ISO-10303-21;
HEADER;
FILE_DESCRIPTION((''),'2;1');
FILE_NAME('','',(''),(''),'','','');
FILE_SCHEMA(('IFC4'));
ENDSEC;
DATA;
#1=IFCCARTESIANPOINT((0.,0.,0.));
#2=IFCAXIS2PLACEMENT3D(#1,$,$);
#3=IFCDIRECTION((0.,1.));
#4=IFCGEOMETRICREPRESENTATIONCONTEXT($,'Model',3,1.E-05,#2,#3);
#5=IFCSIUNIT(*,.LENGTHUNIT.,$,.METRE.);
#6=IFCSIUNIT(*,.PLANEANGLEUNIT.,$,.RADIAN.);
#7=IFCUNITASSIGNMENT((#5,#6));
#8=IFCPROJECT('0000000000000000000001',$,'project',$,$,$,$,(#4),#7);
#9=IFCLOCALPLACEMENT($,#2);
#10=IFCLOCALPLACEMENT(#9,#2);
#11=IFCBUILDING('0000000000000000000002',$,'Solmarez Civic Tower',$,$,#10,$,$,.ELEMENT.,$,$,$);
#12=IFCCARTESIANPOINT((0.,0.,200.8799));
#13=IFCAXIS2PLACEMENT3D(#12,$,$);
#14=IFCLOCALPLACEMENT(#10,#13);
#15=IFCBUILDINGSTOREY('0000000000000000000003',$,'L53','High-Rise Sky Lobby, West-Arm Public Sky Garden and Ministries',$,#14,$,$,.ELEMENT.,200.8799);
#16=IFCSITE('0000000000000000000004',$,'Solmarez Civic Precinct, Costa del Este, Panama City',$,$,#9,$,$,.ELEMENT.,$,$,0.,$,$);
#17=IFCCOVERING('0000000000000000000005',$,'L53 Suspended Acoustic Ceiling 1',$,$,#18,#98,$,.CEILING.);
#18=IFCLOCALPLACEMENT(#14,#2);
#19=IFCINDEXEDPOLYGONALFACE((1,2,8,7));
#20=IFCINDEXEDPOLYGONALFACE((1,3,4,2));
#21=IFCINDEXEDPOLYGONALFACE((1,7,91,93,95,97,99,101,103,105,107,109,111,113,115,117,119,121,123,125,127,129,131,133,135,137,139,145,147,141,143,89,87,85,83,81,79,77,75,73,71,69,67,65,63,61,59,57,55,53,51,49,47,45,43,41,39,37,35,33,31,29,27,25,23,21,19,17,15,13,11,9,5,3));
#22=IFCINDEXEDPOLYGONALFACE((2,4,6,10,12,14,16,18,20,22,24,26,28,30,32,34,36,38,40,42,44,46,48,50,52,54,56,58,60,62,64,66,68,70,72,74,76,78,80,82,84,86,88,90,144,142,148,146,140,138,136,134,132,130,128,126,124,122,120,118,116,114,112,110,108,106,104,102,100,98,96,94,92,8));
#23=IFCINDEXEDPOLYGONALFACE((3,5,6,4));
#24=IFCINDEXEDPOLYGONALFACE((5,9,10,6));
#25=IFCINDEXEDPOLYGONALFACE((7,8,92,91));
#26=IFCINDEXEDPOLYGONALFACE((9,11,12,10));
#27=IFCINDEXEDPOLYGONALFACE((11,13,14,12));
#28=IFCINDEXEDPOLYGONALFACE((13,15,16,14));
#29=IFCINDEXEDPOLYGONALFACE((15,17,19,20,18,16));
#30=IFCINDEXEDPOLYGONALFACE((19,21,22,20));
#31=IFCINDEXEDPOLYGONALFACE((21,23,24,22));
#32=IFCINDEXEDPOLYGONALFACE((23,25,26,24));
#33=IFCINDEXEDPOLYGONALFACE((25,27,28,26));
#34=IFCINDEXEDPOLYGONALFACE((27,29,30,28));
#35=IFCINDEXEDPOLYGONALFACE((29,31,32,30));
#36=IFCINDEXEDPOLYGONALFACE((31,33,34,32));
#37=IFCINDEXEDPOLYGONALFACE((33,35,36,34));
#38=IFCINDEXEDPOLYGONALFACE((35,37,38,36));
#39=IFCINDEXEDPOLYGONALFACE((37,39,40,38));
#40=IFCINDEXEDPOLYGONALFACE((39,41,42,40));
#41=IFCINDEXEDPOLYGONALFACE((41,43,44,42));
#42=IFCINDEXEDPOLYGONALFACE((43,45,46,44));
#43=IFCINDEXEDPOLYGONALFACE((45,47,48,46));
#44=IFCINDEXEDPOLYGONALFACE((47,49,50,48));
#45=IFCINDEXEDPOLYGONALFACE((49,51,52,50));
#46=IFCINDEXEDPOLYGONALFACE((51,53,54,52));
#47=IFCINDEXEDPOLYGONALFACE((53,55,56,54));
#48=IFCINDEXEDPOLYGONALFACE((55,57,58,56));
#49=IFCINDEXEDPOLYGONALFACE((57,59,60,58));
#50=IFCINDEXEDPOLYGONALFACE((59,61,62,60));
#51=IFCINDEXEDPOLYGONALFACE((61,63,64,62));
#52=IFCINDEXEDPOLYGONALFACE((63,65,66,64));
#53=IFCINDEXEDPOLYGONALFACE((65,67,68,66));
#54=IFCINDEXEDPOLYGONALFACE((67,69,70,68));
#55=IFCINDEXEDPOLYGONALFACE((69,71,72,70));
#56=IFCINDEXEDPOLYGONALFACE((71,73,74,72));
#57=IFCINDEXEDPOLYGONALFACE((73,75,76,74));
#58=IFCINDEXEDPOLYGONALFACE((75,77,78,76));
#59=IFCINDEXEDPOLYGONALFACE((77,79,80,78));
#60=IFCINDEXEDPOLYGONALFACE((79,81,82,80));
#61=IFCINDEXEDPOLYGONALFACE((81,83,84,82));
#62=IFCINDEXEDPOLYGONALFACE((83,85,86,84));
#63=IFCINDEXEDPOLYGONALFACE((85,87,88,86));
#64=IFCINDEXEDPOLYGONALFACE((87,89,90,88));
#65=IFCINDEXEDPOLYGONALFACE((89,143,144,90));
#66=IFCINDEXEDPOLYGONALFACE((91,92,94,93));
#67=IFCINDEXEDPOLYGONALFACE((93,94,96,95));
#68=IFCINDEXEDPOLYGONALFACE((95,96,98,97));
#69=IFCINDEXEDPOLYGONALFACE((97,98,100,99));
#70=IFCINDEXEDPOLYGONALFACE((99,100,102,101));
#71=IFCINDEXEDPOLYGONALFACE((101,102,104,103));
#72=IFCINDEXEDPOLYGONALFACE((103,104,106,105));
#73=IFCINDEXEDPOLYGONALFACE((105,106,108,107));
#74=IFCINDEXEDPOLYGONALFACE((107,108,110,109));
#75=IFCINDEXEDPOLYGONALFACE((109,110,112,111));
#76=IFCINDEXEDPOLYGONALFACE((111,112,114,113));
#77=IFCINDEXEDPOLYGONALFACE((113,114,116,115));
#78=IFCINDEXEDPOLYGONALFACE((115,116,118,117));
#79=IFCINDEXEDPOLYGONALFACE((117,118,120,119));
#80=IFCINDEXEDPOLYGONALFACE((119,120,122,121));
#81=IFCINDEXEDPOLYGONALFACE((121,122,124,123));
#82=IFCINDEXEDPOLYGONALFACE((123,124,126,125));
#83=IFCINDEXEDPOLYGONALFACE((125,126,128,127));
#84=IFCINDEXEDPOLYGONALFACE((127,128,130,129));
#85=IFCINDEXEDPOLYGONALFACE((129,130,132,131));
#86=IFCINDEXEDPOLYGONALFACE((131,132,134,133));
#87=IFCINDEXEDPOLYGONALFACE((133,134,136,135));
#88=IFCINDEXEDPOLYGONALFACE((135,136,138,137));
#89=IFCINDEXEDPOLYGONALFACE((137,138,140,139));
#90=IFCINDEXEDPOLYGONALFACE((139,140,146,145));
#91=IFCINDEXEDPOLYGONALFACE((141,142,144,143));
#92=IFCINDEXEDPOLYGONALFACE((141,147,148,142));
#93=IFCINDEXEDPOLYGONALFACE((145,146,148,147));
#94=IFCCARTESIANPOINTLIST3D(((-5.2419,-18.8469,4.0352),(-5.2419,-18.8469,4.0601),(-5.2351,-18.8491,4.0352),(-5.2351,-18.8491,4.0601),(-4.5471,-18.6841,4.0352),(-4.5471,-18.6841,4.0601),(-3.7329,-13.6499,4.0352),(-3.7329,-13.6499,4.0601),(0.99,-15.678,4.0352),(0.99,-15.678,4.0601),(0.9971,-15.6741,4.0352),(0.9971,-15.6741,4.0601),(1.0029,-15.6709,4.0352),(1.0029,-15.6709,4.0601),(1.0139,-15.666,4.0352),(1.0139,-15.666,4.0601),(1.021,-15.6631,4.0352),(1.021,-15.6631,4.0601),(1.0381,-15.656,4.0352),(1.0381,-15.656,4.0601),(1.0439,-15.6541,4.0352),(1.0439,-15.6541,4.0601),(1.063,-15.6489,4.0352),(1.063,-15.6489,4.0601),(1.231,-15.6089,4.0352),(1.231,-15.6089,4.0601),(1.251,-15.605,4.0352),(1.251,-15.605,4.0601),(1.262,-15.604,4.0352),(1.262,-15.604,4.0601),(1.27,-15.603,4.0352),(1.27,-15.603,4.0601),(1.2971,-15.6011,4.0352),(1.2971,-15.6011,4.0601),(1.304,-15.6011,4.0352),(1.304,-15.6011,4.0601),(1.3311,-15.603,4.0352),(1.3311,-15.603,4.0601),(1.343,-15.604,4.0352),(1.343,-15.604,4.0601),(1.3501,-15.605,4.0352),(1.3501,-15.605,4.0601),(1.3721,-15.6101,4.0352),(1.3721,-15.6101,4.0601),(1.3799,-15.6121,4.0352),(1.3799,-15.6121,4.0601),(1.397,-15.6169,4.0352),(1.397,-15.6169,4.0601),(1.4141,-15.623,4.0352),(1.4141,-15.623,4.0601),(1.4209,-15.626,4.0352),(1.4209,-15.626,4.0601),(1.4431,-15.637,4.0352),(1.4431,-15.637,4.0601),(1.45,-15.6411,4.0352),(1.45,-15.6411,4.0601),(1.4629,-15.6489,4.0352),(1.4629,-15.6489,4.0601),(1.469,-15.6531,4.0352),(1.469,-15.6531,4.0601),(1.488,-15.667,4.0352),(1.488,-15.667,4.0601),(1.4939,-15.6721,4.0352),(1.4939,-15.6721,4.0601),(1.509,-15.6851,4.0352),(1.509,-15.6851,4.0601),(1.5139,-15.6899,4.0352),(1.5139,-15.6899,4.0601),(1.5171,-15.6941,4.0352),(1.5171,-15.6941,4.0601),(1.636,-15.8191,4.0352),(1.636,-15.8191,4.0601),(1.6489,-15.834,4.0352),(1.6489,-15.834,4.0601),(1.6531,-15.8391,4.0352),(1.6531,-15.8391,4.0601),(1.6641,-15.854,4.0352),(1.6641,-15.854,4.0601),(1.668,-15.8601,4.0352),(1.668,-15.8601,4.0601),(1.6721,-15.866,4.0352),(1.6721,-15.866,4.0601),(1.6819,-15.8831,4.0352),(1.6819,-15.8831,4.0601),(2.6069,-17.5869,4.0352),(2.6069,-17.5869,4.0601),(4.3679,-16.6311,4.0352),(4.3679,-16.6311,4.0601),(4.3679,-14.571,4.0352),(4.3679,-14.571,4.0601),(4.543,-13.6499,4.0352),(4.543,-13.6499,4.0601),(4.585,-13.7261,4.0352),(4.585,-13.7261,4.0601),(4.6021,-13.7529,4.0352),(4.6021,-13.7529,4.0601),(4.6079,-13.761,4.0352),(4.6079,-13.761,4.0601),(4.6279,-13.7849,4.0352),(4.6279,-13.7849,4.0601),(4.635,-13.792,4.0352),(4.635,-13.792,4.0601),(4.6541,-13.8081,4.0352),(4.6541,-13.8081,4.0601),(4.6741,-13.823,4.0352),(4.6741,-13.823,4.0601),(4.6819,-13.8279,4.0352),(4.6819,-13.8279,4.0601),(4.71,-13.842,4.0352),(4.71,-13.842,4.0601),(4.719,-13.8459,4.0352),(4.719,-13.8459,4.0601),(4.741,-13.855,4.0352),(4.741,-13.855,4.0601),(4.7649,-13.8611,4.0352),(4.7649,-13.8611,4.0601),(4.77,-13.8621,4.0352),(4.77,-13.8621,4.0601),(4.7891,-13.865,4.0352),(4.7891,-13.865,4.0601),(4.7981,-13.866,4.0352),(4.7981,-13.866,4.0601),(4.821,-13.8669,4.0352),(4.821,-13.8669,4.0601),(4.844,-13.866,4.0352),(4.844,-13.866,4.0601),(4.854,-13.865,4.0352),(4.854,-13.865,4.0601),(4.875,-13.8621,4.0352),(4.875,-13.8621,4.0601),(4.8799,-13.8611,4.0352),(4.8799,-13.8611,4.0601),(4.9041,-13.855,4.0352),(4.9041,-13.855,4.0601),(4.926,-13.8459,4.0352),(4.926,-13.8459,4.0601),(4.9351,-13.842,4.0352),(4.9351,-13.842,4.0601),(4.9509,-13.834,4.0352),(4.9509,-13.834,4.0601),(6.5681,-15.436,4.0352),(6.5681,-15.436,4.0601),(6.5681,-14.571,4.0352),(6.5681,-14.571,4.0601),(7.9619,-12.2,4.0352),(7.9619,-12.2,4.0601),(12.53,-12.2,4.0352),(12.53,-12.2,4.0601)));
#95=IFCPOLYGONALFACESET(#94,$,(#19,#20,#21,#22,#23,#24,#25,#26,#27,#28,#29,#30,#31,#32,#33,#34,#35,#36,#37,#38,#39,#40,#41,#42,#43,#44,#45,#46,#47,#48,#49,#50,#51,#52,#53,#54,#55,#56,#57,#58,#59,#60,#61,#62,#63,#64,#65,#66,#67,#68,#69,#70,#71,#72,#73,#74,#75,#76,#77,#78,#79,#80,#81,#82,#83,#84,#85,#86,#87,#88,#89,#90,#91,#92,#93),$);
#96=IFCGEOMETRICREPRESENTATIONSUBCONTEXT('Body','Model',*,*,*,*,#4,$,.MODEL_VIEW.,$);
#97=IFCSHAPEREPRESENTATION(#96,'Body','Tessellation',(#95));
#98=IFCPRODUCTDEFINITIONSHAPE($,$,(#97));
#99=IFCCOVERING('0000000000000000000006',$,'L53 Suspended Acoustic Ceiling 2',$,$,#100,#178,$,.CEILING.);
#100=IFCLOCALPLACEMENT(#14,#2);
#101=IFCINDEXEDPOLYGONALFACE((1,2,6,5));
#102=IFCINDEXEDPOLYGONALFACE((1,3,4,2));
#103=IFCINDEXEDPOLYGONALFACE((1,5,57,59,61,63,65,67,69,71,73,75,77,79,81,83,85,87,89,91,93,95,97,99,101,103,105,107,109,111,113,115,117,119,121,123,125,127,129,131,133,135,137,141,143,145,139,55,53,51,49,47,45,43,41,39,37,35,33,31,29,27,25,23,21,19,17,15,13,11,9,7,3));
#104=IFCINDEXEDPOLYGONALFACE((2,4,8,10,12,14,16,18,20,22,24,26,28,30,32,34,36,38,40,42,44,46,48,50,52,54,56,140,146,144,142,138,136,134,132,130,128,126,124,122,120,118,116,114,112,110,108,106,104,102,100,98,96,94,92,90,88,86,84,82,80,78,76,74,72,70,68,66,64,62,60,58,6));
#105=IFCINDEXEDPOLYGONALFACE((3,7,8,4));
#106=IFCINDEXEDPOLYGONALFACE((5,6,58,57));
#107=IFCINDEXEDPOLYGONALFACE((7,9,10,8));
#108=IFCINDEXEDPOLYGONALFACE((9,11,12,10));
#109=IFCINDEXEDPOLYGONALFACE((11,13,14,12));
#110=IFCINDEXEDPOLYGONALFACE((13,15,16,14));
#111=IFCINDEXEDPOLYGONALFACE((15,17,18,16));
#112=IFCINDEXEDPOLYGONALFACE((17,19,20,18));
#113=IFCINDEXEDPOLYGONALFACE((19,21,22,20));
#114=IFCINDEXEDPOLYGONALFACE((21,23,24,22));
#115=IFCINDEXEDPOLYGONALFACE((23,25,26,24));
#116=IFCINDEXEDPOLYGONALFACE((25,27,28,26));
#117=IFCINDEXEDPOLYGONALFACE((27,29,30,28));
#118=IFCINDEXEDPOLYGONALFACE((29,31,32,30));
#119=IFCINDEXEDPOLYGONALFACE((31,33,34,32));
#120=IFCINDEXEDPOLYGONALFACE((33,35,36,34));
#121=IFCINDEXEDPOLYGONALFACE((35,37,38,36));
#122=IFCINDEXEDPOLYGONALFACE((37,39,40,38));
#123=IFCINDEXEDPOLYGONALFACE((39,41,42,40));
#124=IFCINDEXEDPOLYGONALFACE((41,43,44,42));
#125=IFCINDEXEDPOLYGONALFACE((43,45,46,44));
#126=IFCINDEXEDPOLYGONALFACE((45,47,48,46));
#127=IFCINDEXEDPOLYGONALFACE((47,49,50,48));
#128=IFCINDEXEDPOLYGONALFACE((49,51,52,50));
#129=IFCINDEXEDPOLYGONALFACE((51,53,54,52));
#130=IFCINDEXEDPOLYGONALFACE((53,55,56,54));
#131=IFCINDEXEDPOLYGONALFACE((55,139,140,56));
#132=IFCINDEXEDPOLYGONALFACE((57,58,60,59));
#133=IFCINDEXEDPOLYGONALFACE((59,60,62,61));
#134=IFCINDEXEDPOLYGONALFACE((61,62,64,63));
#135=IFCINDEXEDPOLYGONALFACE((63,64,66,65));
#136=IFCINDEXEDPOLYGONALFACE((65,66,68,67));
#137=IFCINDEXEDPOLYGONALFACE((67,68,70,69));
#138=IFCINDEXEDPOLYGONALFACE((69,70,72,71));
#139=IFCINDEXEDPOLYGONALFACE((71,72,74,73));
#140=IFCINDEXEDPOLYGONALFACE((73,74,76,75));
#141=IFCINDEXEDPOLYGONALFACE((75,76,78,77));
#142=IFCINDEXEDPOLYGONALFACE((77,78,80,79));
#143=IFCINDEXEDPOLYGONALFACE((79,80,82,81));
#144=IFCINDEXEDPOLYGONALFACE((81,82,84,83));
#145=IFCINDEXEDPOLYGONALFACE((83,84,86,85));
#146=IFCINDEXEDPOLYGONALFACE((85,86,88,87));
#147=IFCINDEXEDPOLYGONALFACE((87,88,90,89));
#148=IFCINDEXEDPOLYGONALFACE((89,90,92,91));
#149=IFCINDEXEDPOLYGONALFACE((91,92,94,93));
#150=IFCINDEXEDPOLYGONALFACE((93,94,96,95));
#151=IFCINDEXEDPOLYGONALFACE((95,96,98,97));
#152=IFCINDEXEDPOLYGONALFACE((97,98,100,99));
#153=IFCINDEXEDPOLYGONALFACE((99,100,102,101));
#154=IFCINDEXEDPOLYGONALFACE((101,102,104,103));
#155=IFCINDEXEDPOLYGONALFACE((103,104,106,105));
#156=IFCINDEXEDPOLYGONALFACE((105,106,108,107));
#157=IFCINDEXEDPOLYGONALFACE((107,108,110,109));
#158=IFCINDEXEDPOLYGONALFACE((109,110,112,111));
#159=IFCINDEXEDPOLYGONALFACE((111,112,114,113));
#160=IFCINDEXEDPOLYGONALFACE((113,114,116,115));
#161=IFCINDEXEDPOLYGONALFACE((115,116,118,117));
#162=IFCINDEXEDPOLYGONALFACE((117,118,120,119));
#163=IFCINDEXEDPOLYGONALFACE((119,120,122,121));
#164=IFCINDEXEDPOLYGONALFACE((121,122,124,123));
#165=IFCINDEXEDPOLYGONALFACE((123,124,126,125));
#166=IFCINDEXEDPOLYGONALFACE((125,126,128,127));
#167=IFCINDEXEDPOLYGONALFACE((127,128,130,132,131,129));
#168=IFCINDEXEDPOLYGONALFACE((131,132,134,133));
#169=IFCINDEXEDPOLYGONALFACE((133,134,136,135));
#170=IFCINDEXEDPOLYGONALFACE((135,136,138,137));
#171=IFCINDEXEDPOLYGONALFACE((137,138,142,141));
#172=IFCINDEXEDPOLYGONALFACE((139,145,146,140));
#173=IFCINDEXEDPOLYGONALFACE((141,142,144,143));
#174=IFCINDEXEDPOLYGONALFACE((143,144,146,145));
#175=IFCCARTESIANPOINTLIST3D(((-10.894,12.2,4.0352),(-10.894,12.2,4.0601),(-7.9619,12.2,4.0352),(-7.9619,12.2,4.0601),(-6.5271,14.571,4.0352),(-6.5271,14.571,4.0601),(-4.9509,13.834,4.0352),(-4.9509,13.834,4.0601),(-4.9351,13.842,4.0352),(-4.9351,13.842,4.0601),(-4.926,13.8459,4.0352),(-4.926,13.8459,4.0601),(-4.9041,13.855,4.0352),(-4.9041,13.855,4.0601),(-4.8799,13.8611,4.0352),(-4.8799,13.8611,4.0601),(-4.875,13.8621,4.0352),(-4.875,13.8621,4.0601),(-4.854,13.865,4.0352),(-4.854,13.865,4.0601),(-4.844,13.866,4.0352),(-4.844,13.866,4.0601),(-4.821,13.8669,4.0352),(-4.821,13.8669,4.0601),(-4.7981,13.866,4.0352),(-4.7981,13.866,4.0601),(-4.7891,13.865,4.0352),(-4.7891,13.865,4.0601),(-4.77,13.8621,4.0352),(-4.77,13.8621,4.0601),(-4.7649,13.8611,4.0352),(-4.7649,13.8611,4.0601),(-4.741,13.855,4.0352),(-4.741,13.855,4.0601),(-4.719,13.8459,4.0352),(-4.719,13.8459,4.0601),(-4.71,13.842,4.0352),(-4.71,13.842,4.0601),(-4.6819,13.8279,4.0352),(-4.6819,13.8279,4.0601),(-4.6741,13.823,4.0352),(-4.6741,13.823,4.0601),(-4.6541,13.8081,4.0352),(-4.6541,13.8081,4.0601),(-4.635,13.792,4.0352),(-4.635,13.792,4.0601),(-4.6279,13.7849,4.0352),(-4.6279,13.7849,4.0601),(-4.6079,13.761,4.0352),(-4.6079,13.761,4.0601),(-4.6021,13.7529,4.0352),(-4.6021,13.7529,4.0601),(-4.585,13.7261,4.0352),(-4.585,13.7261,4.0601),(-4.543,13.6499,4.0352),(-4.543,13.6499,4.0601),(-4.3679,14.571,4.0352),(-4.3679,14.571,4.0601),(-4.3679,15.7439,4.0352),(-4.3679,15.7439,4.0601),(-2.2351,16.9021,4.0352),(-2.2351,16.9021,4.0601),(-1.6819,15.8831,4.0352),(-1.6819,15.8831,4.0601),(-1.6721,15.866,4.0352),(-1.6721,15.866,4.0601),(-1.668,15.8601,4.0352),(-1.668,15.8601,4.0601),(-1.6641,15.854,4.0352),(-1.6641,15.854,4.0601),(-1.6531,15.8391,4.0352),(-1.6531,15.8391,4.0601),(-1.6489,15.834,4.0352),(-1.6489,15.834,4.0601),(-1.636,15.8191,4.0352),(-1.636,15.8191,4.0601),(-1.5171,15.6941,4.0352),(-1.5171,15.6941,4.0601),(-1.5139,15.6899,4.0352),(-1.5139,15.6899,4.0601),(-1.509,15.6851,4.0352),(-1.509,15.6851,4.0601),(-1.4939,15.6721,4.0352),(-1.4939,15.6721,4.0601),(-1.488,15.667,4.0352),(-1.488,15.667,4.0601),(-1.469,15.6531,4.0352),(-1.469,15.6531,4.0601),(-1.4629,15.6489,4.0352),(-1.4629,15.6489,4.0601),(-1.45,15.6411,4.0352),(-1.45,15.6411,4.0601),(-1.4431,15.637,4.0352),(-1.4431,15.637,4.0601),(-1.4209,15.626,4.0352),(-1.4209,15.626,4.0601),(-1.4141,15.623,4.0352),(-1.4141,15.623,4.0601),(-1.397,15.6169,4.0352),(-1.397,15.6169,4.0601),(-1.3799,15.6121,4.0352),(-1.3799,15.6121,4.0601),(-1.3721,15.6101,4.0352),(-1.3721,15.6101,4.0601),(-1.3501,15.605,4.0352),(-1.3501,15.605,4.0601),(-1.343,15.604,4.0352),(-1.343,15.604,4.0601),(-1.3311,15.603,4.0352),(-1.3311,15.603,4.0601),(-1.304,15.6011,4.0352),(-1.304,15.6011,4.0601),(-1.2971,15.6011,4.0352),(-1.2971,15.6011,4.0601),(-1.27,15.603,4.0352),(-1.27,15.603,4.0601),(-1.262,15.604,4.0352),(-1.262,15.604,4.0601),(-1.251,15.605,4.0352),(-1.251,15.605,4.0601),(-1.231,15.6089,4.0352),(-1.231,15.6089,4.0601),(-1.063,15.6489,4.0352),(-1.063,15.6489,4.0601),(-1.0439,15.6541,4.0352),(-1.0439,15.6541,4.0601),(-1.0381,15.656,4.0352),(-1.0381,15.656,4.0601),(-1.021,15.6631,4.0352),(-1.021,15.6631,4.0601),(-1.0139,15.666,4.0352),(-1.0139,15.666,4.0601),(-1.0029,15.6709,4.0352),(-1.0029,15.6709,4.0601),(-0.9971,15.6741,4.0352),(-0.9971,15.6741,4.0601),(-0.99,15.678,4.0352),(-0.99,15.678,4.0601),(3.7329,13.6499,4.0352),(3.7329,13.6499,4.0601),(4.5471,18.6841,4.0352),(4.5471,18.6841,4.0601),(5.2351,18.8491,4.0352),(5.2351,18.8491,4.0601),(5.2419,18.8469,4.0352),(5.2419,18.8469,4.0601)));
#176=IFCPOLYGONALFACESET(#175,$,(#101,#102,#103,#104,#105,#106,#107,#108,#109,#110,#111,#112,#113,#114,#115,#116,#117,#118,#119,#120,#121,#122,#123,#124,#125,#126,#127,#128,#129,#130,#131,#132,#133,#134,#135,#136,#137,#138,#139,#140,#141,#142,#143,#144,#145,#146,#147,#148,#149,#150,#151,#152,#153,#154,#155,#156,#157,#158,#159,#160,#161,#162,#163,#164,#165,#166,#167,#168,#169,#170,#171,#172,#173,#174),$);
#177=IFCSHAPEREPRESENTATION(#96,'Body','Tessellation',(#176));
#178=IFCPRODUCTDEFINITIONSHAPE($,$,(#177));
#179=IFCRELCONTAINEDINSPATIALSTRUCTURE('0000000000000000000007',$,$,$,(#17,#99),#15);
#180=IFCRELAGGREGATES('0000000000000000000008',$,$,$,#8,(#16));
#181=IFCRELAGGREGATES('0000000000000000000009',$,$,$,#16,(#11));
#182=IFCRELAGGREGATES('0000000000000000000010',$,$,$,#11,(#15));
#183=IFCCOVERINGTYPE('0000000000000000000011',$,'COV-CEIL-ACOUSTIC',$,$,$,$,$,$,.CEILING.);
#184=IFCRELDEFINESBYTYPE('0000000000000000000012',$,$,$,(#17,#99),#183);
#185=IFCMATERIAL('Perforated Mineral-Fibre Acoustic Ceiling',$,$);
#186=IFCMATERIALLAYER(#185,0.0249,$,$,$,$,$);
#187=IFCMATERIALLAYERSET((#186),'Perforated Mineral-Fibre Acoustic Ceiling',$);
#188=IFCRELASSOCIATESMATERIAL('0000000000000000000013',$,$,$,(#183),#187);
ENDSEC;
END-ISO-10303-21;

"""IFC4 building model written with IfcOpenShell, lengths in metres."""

from ifc_helpers import new_model, si_unit, direction, frame, origin, place, context, subcontext, project, spatial, polyline, outline, extrude, material, layer, layer_set, type_object, element, save


model = new_model("IFC4")

# Units and contexts
model_context = context("Model", 3, precision=1e-05, world=origin(), true_north=direction((0.0, 1.0)))
body_context = subcontext(model_context, "Body", "Model", "MODEL_VIEW")
ifc_project = project(units=[si_unit("LENGTHUNIT", "METRE"), si_unit("PLANEANGLEUNIT", "RADIAN")], contexts=[model_context])

# Site, building, storey
site_placement = place(None, origin())
site = spatial("IfcSite", under=ifc_project, at=site_placement, Name="Solmarez Civic Precinct, Costa del Este, Panama City", CompositionType="ELEMENT", RefElevation=0.0)
building_placement = place(site_placement, origin())
building = spatial("IfcBuilding", under=site, at=building_placement, Name="Solmarez Civic Tower", CompositionType="ELEMENT")
storey_placement = place(building_placement, frame((0.0, 0.0, 200.8799)))
storey = spatial("IfcBuildingStorey", under=building, at=storey_placement, Name="L53", Description="High-Rise Sky Lobby, West-Arm Public Sky Garden and Ministries", CompositionType="ELEMENT", Elevation=200.8799)

# Coverings
ifc_material_1 = material(Name="Perforated Mineral-Fibre Acoustic Ceiling")
ifc_layer_1 = layer(ifc_material_1, 0.0249)
ifc_layer_set_1 = layer_set([ifc_layer_1], Name="Perforated Mineral-Fibre Acoustic Ceiling")
covering_type_1 = type_object("IfcCoveringType", Name="COV-CEIL-ACOUSTIC", PredefinedType="CEILING", material=ifc_layer_set_1)
covering_1_placement = place(storey_placement, frame((0.0, 0.0, 4.0352)))
element("IfcCovering", 1, at=covering_1_placement, inside=storey, type_object=covering_type_1, Name="L53 Suspended Acoustic Ceiling 1", PredefinedType="CEILING", context=body_context, shape_type="SweptSolid", body=[
    extrude(outline(polyline([(12.53, -12.2), (7.9619, -12.2), (4.9509, -13.834), (4.9351, -13.842), (4.926, -13.8459), (4.9041, -13.855), (4.8799, -13.8611), (4.875, -13.8621), (4.854, -13.865), (4.844, -13.866), (4.821, -13.8669), (4.7981, -13.866), (4.7891, -13.865), (4.77, -13.8621), (4.7649, -13.8611), (4.741, -13.855), (4.719, -13.8459), (4.71, -13.842), (4.6819, -13.8279), (4.6741, -13.823), (4.6541, -13.8081), (4.635, -13.792), (4.6279, -13.7849), (4.6079, -13.761), (4.6021, -13.7529), (4.585, -13.7261), (4.543, -13.6499), (-3.7329, -13.6499), (-5.2419, -18.8469), (-5.2351, -18.8491), (-4.5471, -18.6841), (0.99, -15.678), (0.9971, -15.6741), (1.0029, -15.6709), (1.0139, -15.666), (1.021, -15.6631), (1.0381, -15.656), (1.0439, -15.6541), (1.063, -15.6489), (1.231, -15.6089), (1.251, -15.605), (1.262, -15.604), (1.27, -15.603), (1.2971, -15.6011), (1.304, -15.6011), (1.3311, -15.603), (1.343, -15.604), (1.3501, -15.605), (1.3721, -15.6101), (1.3799, -15.6121), (1.397, -15.6169), (1.4141, -15.623), (1.4209, -15.626), (1.4431, -15.637), (1.45, -15.6411), (1.4629, -15.6489), (1.469, -15.6531), (1.488, -15.667), (1.4939, -15.6721), (1.509, -15.6851), (1.5139, -15.6899), (1.5171, -15.6941), (1.636, -15.8191), (1.6489, -15.834), (1.6531, -15.8391), (1.6641, -15.854), (1.668, -15.8601), (1.6721, -15.866), (1.6819, -15.8831), (2.6069, -17.5869), (4.3679, -16.6311), (4.3679, -14.571), (6.5681, -14.571), (6.5681, -15.436), (12.53, -12.2)])), origin(), (0.0, 0.0, 1.0), 0.0249),
])
covering_2_placement = place(storey_placement, frame((0.0, 0.0, 4.0352)))
element("IfcCovering", 2, at=covering_2_placement, inside=storey, type_object=covering_type_1, Name="L53 Suspended Acoustic Ceiling 2", PredefinedType="CEILING", context=body_context, shape_type="SweptSolid", body=[
    extrude(outline(polyline([(-10.894, 12.2), (-7.9619, 12.2), (-4.9509, 13.834), (-4.9351, 13.842), (-4.926, 13.8459), (-4.9041, 13.855), (-4.8799, 13.8611), (-4.875, 13.8621), (-4.854, 13.865), (-4.844, 13.866), (-4.821, 13.8669), (-4.7981, 13.866), (-4.7891, 13.865), (-4.77, 13.8621), (-4.7649, 13.8611), (-4.741, 13.855), (-4.719, 13.8459), (-4.71, 13.842), (-4.6819, 13.8279), (-4.6741, 13.823), (-4.6541, 13.8081), (-4.635, 13.792), (-4.6279, 13.7849), (-4.6079, 13.761), (-4.6021, 13.7529), (-4.585, 13.7261), (-4.543, 13.6499), (3.7329, 13.6499), (5.2419, 18.8469), (5.2351, 18.8491), (4.5471, 18.6841), (-0.99, 15.678), (-0.9971, 15.6741), (-1.0029, 15.6709), (-1.0139, 15.666), (-1.021, 15.6631), (-1.0381, 15.656), (-1.0439, 15.6541), (-1.063, 15.6489), (-1.231, 15.6089), (-1.251, 15.605), (-1.262, 15.604), (-1.27, 15.603), (-1.2971, 15.6011), (-1.304, 15.6011), (-1.3311, 15.603), (-1.343, 15.604), (-1.3501, 15.605), (-1.3721, 15.6101), (-1.3799, 15.6121), (-1.397, 15.6169), (-1.4141, 15.623), (-1.4209, 15.626), (-1.4431, 15.637), (-1.45, 15.6411), (-1.4629, 15.6489), (-1.469, 15.6531), (-1.488, 15.667), (-1.4939, 15.6721), (-1.509, 15.6851), (-1.5139, 15.6899), (-1.5171, 15.6941), (-1.636, 15.8191), (-1.6489, 15.834), (-1.6531, 15.8391), (-1.6641, 15.854), (-1.668, 15.8601), (-1.6721, 15.866), (-1.6819, 15.8831), (-2.2351, 16.9021), (-4.3679, 15.7439), (-4.3679, 14.571), (-6.5271, 14.571), (-10.894, 12.2)])), origin(), (0.0, 0.0, 1.0), 0.0249),
])

save(model, "model.ifc")
